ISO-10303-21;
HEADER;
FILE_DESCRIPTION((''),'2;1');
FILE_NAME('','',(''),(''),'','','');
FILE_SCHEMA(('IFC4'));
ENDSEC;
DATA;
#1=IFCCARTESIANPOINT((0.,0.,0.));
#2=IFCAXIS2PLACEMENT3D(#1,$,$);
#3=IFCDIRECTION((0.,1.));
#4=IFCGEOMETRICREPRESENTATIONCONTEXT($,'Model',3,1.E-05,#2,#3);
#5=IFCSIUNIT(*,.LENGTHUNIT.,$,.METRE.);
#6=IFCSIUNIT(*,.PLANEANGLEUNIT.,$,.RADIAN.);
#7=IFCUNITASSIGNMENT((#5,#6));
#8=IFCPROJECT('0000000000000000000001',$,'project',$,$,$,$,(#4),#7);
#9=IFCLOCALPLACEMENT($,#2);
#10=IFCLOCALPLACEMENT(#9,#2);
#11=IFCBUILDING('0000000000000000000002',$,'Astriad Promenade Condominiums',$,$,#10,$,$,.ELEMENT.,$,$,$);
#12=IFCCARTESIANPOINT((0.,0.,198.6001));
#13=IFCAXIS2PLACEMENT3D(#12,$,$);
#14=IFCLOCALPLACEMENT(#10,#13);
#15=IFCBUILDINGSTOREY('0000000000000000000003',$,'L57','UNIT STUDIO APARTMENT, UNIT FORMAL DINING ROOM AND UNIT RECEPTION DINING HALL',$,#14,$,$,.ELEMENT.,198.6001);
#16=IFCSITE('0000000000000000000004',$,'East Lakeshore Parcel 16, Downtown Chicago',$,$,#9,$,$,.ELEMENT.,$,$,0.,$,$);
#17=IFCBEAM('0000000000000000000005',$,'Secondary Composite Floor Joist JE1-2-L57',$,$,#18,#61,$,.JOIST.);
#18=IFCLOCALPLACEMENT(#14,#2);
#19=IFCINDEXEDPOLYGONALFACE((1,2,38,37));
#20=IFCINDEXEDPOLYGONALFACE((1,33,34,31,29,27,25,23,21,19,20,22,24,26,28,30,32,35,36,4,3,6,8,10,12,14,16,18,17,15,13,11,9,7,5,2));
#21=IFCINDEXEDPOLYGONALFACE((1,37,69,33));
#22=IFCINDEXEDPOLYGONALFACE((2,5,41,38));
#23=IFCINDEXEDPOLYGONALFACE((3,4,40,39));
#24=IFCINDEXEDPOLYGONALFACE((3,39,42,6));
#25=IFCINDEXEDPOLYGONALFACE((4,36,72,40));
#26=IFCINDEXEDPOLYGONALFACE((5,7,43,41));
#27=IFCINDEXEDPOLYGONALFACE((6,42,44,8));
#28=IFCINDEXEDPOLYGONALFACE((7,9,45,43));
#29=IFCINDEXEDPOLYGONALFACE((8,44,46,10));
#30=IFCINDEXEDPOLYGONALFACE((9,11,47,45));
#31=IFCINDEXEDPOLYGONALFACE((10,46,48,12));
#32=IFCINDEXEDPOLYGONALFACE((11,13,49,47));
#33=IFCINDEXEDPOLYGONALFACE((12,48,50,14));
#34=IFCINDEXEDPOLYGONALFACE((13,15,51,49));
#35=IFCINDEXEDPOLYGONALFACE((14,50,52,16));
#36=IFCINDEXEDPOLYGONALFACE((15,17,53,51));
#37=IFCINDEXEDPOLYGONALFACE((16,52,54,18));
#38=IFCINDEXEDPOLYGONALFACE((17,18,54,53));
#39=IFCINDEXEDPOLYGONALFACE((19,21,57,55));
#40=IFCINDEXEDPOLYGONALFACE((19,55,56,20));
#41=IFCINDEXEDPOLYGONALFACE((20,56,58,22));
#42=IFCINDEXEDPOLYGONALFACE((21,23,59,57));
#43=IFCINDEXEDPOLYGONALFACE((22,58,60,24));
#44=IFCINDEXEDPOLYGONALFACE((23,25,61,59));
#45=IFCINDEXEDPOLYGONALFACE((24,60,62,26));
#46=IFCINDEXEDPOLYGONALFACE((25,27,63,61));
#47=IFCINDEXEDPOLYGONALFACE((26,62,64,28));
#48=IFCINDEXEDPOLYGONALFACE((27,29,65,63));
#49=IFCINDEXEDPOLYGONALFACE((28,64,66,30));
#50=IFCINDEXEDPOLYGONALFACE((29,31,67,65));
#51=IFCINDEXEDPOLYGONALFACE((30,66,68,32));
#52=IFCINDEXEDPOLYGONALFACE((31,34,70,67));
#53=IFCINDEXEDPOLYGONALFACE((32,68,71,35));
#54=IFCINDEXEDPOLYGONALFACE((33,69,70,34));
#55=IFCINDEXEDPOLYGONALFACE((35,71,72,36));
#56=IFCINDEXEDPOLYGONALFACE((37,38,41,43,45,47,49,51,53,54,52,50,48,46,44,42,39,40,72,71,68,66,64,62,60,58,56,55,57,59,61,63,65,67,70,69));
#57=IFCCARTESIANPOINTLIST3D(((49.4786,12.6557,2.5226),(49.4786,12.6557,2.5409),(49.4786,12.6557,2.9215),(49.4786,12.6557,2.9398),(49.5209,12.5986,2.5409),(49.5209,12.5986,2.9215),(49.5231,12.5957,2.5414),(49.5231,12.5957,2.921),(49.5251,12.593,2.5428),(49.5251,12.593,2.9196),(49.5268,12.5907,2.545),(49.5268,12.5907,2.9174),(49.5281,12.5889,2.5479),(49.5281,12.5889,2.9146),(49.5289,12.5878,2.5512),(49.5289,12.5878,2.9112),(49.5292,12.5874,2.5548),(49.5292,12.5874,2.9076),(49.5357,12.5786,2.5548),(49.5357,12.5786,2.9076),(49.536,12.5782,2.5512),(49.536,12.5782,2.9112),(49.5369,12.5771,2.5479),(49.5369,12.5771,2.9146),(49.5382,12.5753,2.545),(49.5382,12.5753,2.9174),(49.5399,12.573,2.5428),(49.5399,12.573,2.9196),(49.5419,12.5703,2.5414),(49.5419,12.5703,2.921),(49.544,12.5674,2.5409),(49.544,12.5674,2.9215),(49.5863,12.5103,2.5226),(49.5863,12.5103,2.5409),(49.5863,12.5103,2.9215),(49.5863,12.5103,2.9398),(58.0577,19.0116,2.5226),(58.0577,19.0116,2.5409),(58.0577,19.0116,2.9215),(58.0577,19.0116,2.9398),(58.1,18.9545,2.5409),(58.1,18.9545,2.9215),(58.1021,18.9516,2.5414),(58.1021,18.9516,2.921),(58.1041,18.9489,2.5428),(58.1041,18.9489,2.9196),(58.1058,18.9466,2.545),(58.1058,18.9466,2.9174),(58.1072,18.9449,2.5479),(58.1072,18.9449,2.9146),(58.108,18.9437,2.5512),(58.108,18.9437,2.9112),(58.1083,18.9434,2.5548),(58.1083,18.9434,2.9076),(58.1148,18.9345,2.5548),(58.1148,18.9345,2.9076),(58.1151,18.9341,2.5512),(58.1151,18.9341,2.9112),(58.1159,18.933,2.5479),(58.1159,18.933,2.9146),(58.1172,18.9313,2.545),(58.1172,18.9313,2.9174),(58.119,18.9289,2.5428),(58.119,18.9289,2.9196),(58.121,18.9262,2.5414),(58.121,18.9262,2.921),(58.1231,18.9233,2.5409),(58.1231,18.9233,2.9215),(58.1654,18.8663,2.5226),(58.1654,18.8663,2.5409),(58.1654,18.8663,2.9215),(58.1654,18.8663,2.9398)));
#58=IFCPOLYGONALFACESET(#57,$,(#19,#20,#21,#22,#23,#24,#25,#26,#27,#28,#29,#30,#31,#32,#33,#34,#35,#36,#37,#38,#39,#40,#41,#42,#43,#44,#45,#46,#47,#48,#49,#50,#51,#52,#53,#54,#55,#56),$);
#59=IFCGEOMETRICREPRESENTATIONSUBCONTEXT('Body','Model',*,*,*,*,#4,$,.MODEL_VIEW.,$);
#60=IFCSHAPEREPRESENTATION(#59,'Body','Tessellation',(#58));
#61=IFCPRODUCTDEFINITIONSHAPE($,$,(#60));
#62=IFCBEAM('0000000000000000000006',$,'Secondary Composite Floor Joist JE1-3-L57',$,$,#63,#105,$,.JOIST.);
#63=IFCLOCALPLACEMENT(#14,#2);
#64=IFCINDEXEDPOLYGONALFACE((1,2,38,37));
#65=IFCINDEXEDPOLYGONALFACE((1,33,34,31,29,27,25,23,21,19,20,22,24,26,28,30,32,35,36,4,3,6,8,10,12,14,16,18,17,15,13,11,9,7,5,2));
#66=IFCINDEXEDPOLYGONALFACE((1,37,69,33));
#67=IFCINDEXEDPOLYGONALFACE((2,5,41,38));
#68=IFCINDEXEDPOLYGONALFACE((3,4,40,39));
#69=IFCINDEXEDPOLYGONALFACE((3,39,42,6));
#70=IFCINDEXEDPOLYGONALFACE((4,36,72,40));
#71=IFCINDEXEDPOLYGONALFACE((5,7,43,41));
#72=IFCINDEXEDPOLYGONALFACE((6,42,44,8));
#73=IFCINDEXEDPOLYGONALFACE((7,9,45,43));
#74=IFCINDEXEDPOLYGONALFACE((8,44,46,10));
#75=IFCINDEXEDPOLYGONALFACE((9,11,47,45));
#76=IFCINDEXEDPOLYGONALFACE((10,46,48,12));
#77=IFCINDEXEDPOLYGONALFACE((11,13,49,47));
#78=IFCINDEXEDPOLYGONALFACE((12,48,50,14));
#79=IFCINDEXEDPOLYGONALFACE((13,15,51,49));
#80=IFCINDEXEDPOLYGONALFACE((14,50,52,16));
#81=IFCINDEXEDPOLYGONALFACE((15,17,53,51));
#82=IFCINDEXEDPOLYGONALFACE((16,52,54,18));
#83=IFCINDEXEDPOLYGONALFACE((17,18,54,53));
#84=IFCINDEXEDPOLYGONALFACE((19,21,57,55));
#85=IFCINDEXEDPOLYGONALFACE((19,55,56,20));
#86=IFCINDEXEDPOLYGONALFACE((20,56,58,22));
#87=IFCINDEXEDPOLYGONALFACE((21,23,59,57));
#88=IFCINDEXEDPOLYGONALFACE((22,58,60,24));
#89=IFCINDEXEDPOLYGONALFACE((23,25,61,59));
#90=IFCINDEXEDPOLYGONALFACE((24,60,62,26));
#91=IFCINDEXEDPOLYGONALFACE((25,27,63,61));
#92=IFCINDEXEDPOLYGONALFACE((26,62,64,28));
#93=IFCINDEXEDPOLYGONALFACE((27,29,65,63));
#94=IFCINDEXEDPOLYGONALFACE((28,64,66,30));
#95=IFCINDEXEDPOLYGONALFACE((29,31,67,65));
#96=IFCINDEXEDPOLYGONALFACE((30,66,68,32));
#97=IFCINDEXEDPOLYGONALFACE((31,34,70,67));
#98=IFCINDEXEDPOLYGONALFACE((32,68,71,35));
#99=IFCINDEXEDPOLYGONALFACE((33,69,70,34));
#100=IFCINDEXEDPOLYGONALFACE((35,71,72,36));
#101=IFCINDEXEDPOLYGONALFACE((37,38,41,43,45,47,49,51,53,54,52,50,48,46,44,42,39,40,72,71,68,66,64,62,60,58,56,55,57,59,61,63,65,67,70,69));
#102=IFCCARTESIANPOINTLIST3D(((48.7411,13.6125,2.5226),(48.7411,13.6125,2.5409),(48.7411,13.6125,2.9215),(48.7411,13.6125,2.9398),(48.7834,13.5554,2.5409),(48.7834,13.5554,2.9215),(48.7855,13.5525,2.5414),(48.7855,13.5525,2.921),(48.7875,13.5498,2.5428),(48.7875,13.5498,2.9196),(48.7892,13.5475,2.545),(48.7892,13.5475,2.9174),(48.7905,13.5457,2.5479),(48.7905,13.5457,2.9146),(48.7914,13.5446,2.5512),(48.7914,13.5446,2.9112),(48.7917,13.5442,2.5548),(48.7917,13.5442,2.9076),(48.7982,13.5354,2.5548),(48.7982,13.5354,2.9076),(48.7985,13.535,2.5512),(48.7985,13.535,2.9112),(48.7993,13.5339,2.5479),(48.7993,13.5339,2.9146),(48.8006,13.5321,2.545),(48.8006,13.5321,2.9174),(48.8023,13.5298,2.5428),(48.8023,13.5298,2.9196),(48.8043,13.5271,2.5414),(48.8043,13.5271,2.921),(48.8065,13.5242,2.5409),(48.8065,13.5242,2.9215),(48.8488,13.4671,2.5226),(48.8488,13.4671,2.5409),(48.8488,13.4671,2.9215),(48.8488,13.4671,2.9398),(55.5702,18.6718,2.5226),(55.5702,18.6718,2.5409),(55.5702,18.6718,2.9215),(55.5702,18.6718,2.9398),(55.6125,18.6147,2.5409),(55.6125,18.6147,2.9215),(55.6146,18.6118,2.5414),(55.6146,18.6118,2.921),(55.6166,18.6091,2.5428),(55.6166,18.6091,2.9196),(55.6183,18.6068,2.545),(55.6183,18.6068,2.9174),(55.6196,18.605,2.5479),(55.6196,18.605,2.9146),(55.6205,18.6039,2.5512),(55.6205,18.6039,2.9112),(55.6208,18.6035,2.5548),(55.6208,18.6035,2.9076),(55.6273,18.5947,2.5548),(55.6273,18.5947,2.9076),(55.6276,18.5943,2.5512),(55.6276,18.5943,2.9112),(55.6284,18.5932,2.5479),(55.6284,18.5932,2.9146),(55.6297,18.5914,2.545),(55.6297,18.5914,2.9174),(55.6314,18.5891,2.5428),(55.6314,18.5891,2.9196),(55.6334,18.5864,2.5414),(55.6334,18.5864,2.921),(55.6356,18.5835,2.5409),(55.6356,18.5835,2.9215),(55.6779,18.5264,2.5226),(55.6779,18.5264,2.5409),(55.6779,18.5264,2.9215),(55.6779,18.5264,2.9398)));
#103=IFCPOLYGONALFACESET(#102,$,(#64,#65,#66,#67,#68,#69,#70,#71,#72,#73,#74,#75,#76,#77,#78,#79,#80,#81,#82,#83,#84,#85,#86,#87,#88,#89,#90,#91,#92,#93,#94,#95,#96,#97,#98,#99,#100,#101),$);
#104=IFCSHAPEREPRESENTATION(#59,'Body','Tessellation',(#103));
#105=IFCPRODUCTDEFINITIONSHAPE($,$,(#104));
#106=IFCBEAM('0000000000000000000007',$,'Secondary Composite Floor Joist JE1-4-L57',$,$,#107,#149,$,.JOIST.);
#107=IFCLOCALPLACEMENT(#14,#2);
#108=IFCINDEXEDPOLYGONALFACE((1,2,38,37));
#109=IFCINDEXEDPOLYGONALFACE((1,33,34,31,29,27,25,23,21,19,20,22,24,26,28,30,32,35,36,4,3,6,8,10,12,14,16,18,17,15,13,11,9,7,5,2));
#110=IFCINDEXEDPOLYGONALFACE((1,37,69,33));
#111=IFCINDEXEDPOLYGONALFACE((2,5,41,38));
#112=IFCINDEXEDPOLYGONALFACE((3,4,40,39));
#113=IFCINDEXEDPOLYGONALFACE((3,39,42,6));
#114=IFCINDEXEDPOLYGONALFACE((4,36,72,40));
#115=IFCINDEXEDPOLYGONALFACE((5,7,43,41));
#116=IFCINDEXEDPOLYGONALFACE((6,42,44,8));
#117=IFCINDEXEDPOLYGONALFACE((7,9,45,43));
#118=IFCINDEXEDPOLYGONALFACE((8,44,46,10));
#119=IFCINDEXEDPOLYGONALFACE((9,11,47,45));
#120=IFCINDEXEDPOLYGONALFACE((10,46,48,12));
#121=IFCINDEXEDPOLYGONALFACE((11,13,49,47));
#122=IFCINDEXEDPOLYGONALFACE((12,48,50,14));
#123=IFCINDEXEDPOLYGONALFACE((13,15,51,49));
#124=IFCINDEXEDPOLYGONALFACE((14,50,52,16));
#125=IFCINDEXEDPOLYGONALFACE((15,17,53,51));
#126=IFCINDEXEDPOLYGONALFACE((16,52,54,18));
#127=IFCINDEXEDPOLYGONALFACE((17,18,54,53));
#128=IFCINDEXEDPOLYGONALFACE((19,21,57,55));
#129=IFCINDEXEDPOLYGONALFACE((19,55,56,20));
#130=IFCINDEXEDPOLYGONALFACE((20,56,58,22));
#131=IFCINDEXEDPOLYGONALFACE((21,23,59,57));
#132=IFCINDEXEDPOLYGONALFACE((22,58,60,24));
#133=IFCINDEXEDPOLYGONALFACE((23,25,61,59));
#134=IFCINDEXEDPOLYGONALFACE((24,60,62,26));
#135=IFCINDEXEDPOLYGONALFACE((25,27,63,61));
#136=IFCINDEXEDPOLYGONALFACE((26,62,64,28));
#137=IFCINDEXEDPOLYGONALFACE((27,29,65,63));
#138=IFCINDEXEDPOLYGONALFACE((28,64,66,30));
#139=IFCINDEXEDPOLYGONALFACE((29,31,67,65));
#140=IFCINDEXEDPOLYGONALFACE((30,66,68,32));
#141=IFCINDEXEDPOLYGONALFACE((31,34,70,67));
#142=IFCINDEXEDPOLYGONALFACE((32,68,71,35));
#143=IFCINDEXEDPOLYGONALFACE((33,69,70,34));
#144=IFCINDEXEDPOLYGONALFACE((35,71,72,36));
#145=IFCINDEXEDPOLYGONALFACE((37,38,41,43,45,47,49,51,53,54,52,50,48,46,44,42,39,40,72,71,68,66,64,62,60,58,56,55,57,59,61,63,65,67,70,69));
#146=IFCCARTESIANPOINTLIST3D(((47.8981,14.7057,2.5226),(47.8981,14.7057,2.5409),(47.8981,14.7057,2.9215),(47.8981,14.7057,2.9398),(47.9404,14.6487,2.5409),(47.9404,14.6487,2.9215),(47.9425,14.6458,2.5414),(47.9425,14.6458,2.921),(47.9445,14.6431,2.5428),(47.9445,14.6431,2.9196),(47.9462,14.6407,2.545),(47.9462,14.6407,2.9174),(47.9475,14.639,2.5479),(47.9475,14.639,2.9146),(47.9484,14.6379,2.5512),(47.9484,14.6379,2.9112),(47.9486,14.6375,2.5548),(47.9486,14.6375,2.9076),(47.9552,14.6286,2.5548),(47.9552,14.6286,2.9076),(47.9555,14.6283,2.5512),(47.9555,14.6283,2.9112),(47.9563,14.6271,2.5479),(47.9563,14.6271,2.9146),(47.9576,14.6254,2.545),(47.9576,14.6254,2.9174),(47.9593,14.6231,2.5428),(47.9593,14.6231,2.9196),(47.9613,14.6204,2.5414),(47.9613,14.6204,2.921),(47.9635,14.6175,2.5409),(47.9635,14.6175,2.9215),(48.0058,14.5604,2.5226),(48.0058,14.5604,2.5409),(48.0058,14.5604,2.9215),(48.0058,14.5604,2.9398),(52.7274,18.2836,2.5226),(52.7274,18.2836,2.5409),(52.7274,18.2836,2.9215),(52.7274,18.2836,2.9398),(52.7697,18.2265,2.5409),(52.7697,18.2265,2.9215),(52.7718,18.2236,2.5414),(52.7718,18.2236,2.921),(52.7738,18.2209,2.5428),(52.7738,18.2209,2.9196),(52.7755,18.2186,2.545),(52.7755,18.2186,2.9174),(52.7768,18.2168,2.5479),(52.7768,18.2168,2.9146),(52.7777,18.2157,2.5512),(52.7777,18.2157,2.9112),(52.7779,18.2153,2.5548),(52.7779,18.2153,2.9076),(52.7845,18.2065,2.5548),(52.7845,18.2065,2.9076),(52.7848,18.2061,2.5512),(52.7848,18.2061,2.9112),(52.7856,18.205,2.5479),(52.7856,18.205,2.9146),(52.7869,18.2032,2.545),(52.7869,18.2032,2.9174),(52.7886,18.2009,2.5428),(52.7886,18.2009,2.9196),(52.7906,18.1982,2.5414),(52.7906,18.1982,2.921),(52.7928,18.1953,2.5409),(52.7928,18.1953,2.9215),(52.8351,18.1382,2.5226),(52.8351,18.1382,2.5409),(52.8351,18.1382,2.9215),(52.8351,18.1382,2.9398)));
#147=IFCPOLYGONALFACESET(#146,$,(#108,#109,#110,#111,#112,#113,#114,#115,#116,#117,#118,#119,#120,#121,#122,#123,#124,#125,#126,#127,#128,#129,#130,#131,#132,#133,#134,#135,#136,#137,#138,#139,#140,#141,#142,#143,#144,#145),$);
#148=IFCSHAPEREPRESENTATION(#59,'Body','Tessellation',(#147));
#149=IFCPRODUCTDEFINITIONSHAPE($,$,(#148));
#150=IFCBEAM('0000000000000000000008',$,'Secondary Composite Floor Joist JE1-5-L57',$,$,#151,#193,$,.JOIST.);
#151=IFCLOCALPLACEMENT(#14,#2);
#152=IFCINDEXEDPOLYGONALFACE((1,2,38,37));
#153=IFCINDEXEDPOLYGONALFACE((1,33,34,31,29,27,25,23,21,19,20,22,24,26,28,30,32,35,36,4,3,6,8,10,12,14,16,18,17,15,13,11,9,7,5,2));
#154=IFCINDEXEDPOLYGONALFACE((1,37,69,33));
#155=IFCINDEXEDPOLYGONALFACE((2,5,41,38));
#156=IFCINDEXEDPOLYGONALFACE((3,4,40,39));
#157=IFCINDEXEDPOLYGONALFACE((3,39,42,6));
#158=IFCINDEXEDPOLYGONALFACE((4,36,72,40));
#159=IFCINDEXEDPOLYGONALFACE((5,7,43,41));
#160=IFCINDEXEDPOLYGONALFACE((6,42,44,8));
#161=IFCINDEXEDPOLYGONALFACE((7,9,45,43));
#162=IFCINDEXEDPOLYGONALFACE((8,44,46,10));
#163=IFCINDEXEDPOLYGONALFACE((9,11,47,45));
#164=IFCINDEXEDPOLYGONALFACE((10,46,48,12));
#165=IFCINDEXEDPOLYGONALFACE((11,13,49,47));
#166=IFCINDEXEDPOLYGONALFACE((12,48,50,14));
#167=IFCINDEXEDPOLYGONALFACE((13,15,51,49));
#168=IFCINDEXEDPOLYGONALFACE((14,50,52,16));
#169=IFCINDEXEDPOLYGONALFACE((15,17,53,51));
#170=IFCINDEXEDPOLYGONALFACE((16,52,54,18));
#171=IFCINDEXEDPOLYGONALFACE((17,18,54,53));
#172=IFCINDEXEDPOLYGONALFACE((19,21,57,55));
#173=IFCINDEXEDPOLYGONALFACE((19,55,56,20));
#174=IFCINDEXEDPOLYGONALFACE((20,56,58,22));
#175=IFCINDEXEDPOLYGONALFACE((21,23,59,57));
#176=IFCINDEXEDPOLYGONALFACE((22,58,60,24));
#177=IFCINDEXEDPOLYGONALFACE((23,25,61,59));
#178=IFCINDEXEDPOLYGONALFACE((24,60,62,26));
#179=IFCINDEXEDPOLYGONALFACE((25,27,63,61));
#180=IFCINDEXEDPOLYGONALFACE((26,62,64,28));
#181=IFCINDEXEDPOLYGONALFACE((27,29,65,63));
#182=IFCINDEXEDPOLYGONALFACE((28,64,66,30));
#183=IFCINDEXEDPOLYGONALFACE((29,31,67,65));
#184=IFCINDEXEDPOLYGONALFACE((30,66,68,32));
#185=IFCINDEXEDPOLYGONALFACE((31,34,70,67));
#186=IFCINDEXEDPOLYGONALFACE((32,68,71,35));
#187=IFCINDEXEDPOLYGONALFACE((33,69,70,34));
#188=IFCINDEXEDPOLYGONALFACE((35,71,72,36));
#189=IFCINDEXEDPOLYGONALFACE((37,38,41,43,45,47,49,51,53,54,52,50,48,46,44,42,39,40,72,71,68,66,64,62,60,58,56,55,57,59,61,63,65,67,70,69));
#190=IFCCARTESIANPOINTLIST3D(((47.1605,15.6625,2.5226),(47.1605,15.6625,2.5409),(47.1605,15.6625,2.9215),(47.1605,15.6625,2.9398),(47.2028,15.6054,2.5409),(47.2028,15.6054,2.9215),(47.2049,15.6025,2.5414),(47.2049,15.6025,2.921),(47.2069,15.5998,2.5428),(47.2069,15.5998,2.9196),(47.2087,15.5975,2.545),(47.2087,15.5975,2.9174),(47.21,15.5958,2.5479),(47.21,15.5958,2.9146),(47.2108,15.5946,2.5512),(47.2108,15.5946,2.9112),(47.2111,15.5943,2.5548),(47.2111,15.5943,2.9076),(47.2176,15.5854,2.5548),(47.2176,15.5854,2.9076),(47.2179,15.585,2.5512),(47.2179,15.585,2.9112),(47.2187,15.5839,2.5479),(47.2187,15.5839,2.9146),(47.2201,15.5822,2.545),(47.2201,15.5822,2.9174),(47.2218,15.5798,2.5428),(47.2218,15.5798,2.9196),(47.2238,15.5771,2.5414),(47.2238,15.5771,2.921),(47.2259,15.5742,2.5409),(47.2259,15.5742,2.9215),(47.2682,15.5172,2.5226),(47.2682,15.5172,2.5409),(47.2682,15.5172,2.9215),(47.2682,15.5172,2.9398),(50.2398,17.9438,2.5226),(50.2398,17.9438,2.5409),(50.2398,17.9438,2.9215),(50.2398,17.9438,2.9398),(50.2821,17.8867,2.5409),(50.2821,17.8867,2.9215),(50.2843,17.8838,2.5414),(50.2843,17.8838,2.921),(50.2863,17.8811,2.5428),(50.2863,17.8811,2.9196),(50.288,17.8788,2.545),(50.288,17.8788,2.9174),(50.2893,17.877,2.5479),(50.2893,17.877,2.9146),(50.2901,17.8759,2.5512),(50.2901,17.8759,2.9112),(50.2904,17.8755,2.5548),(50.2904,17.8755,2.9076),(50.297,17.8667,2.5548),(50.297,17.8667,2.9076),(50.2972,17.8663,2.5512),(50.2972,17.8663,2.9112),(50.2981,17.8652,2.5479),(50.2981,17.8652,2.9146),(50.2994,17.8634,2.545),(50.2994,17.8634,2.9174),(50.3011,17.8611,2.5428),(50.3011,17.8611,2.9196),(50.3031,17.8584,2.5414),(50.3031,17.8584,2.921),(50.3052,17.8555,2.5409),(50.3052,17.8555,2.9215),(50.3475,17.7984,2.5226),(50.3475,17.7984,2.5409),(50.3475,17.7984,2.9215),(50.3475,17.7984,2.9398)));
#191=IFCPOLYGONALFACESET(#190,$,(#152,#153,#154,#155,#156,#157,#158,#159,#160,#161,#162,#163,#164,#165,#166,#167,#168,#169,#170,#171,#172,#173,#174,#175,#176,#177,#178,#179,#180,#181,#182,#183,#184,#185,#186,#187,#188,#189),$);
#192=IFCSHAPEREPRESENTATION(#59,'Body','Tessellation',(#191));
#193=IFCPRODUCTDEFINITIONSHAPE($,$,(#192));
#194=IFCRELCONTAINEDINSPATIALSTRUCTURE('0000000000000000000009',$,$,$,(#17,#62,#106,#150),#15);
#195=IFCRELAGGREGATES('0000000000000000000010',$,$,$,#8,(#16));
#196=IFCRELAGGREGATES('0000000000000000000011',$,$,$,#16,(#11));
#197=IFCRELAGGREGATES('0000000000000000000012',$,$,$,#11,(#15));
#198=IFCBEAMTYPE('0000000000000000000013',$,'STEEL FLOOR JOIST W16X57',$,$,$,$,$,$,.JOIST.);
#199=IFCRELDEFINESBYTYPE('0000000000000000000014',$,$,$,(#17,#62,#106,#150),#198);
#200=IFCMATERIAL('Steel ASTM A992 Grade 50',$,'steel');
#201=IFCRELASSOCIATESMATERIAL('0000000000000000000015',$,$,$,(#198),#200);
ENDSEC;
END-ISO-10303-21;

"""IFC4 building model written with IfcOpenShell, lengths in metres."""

from ifc_helpers import new_model, si_unit, direction, frame, origin, origin_2d, place, context, subcontext, project, spatial, i_section, extrude, source, transform, mapped, material, material_profile, profile_set, type_object, element, save


model = new_model("IFC4")

# Units and contexts
model_context = context("Model", 3, precision=1e-05, world=origin(), true_north=direction((0.0, 1.0)))
body_context = subcontext(model_context, "Body", "Model", "MODEL_VIEW")
ifc_project = project(units=[si_unit("LENGTHUNIT", "METRE"), si_unit("PLANEANGLEUNIT", "RADIAN")], contexts=[model_context])

# Site, building, storey
site_placement = place(None, origin())
site = spatial("IfcSite", under=ifc_project, at=site_placement, Name="East Lakeshore Parcel 16, Downtown Chicago", CompositionType="ELEMENT", RefElevation=0.0)
building_placement = place(site_placement, origin())
building = spatial("IfcBuilding", under=site, at=building_placement, Name="Astriad Promenade Condominiums", CompositionType="ELEMENT")
storey_placement = place(building_placement, frame((0.0, 0.0, 198.6001)))
storey = spatial("IfcBuildingStorey", under=building, at=storey_placement, Name="L57", Description="UNIT STUDIO APARTMENT, UNIT FORMAL DINING ROOM AND UNIT RECEPTION DINING HALL", CompositionType="ELEMENT", Elevation=198.6001)

# Beams
ifc_material_1 = material(Name="Steel ASTM A992 Grade 50", Category="steel")
ifc_material_profile_1 = material_profile(ifc_material_1, i_section(OverallWidth=0.1809, OverallDepth=0.4172, WebThickness=0.011, FlangeThickness=0.0183, FilletRadius=0.0139, at=origin_2d()), Name="W16X57")
ifc_profile_set_1 = profile_set([ifc_material_profile_1], Name="Steel ASTM A992 Grade 50")
beam_type_1 = type_object("IfcBeamType", Name="STEEL FLOOR JOIST W16X57", PredefinedType="JOIST", material=ifc_profile_set_1)
shared_shape_1 = source(origin(), body_context, "Body", "SweptSolid", [
    extrude(i_section(OverallWidth=0.1809, OverallDepth=0.4172, WebThickness=0.011, FlangeThickness=0.0183, FilletRadius=0.0139, at=origin_2d()), origin(), (0.0, 0.0, 1.0), 10.677),
])
beam_1_placement = place(storey_placement, frame((49.5325, 12.583, 2.7312), z_axis=(0.803509, 0.595292, 0.0), x_axis=(-0.595292, 0.803509, 0.0)))
element("IfcBeam", 1, at=beam_1_placement, inside=storey, type_object=beam_type_1, Name="Secondary Composite Floor Joist JE1-2-L57", PredefinedType="JOIST", context=body_context, shape_type="MappedRepresentation", body=[
    mapped(shared_shape_1, transform((0.0, 0.0, 0.0), scale=1.0)),
])
shared_shape_2 = source(origin(), body_context, "Body", "SweptSolid", [
    extrude(i_section(OverallWidth=0.1809, OverallDepth=0.4172, WebThickness=0.011, FlangeThickness=0.0183, FilletRadius=0.0139, at=origin_2d()), origin(), (0.0, 0.0, 1.0), 8.499),
])
beam_2_placement = place(storey_placement, frame((48.7949, 13.5398, 2.7312), z_axis=(0.803516, 0.595283, 0.0), x_axis=(-0.595283, 0.803516, 0.0)))
element("IfcBeam", 2, at=beam_2_placement, inside=storey, type_object=beam_type_1, Name="Secondary Composite Floor Joist JE1-3-L57", PredefinedType="JOIST", context=body_context, shape_type="MappedRepresentation", body=[
    mapped(shared_shape_2, transform((0.0, 0.0, 0.0), scale=1.0)),
])
shared_shape_3 = source(origin(), body_context, "Body", "SweptSolid", [
    extrude(i_section(OverallWidth=0.1809, OverallDepth=0.4172, WebThickness=0.011, FlangeThickness=0.0183, FilletRadius=0.0139, at=origin_2d()), origin(), (0.0, 0.0, 1.0), 6.0103),
])
beam_3_placement = place(storey_placement, frame((47.9519, 14.6331, 2.7312), z_axis=(0.80351, 0.595291, 0.0), x_axis=(-0.595291, 0.80351, 0.0)))
element("IfcBeam", 3, at=beam_3_placement, inside=storey, type_object=beam_type_1, Name="Secondary Composite Floor Joist JE1-4-L57", PredefinedType="JOIST", context=body_context, shape_type="MappedRepresentation", body=[
    mapped(shared_shape_3, transform((0.0, 0.0, 0.0), scale=1.0)),
])
shared_shape_4 = source(origin(), body_context, "Body", "SweptSolid", [
    extrude(i_section(OverallWidth=0.1809, OverallDepth=0.4172, WebThickness=0.011, FlangeThickness=0.0183, FilletRadius=0.0139, at=origin_2d()), origin(), (0.0, 0.0, 1.0), 3.8323),
])
beam_4_placement = place(storey_placement, frame((47.2144, 15.5898, 2.7312), z_axis=(0.803526, 0.59527, 0.0), x_axis=(-0.59527, 0.803526, 0.0)))
element("IfcBeam", 4, at=beam_4_placement, inside=storey, type_object=beam_type_1, Name="Secondary Composite Floor Joist JE1-5-L57", PredefinedType="JOIST", context=body_context, shape_type="MappedRepresentation", body=[
    mapped(shared_shape_4, transform((0.0, 0.0, 0.0), scale=1.0)),
])

save(model, "model.ifc")
